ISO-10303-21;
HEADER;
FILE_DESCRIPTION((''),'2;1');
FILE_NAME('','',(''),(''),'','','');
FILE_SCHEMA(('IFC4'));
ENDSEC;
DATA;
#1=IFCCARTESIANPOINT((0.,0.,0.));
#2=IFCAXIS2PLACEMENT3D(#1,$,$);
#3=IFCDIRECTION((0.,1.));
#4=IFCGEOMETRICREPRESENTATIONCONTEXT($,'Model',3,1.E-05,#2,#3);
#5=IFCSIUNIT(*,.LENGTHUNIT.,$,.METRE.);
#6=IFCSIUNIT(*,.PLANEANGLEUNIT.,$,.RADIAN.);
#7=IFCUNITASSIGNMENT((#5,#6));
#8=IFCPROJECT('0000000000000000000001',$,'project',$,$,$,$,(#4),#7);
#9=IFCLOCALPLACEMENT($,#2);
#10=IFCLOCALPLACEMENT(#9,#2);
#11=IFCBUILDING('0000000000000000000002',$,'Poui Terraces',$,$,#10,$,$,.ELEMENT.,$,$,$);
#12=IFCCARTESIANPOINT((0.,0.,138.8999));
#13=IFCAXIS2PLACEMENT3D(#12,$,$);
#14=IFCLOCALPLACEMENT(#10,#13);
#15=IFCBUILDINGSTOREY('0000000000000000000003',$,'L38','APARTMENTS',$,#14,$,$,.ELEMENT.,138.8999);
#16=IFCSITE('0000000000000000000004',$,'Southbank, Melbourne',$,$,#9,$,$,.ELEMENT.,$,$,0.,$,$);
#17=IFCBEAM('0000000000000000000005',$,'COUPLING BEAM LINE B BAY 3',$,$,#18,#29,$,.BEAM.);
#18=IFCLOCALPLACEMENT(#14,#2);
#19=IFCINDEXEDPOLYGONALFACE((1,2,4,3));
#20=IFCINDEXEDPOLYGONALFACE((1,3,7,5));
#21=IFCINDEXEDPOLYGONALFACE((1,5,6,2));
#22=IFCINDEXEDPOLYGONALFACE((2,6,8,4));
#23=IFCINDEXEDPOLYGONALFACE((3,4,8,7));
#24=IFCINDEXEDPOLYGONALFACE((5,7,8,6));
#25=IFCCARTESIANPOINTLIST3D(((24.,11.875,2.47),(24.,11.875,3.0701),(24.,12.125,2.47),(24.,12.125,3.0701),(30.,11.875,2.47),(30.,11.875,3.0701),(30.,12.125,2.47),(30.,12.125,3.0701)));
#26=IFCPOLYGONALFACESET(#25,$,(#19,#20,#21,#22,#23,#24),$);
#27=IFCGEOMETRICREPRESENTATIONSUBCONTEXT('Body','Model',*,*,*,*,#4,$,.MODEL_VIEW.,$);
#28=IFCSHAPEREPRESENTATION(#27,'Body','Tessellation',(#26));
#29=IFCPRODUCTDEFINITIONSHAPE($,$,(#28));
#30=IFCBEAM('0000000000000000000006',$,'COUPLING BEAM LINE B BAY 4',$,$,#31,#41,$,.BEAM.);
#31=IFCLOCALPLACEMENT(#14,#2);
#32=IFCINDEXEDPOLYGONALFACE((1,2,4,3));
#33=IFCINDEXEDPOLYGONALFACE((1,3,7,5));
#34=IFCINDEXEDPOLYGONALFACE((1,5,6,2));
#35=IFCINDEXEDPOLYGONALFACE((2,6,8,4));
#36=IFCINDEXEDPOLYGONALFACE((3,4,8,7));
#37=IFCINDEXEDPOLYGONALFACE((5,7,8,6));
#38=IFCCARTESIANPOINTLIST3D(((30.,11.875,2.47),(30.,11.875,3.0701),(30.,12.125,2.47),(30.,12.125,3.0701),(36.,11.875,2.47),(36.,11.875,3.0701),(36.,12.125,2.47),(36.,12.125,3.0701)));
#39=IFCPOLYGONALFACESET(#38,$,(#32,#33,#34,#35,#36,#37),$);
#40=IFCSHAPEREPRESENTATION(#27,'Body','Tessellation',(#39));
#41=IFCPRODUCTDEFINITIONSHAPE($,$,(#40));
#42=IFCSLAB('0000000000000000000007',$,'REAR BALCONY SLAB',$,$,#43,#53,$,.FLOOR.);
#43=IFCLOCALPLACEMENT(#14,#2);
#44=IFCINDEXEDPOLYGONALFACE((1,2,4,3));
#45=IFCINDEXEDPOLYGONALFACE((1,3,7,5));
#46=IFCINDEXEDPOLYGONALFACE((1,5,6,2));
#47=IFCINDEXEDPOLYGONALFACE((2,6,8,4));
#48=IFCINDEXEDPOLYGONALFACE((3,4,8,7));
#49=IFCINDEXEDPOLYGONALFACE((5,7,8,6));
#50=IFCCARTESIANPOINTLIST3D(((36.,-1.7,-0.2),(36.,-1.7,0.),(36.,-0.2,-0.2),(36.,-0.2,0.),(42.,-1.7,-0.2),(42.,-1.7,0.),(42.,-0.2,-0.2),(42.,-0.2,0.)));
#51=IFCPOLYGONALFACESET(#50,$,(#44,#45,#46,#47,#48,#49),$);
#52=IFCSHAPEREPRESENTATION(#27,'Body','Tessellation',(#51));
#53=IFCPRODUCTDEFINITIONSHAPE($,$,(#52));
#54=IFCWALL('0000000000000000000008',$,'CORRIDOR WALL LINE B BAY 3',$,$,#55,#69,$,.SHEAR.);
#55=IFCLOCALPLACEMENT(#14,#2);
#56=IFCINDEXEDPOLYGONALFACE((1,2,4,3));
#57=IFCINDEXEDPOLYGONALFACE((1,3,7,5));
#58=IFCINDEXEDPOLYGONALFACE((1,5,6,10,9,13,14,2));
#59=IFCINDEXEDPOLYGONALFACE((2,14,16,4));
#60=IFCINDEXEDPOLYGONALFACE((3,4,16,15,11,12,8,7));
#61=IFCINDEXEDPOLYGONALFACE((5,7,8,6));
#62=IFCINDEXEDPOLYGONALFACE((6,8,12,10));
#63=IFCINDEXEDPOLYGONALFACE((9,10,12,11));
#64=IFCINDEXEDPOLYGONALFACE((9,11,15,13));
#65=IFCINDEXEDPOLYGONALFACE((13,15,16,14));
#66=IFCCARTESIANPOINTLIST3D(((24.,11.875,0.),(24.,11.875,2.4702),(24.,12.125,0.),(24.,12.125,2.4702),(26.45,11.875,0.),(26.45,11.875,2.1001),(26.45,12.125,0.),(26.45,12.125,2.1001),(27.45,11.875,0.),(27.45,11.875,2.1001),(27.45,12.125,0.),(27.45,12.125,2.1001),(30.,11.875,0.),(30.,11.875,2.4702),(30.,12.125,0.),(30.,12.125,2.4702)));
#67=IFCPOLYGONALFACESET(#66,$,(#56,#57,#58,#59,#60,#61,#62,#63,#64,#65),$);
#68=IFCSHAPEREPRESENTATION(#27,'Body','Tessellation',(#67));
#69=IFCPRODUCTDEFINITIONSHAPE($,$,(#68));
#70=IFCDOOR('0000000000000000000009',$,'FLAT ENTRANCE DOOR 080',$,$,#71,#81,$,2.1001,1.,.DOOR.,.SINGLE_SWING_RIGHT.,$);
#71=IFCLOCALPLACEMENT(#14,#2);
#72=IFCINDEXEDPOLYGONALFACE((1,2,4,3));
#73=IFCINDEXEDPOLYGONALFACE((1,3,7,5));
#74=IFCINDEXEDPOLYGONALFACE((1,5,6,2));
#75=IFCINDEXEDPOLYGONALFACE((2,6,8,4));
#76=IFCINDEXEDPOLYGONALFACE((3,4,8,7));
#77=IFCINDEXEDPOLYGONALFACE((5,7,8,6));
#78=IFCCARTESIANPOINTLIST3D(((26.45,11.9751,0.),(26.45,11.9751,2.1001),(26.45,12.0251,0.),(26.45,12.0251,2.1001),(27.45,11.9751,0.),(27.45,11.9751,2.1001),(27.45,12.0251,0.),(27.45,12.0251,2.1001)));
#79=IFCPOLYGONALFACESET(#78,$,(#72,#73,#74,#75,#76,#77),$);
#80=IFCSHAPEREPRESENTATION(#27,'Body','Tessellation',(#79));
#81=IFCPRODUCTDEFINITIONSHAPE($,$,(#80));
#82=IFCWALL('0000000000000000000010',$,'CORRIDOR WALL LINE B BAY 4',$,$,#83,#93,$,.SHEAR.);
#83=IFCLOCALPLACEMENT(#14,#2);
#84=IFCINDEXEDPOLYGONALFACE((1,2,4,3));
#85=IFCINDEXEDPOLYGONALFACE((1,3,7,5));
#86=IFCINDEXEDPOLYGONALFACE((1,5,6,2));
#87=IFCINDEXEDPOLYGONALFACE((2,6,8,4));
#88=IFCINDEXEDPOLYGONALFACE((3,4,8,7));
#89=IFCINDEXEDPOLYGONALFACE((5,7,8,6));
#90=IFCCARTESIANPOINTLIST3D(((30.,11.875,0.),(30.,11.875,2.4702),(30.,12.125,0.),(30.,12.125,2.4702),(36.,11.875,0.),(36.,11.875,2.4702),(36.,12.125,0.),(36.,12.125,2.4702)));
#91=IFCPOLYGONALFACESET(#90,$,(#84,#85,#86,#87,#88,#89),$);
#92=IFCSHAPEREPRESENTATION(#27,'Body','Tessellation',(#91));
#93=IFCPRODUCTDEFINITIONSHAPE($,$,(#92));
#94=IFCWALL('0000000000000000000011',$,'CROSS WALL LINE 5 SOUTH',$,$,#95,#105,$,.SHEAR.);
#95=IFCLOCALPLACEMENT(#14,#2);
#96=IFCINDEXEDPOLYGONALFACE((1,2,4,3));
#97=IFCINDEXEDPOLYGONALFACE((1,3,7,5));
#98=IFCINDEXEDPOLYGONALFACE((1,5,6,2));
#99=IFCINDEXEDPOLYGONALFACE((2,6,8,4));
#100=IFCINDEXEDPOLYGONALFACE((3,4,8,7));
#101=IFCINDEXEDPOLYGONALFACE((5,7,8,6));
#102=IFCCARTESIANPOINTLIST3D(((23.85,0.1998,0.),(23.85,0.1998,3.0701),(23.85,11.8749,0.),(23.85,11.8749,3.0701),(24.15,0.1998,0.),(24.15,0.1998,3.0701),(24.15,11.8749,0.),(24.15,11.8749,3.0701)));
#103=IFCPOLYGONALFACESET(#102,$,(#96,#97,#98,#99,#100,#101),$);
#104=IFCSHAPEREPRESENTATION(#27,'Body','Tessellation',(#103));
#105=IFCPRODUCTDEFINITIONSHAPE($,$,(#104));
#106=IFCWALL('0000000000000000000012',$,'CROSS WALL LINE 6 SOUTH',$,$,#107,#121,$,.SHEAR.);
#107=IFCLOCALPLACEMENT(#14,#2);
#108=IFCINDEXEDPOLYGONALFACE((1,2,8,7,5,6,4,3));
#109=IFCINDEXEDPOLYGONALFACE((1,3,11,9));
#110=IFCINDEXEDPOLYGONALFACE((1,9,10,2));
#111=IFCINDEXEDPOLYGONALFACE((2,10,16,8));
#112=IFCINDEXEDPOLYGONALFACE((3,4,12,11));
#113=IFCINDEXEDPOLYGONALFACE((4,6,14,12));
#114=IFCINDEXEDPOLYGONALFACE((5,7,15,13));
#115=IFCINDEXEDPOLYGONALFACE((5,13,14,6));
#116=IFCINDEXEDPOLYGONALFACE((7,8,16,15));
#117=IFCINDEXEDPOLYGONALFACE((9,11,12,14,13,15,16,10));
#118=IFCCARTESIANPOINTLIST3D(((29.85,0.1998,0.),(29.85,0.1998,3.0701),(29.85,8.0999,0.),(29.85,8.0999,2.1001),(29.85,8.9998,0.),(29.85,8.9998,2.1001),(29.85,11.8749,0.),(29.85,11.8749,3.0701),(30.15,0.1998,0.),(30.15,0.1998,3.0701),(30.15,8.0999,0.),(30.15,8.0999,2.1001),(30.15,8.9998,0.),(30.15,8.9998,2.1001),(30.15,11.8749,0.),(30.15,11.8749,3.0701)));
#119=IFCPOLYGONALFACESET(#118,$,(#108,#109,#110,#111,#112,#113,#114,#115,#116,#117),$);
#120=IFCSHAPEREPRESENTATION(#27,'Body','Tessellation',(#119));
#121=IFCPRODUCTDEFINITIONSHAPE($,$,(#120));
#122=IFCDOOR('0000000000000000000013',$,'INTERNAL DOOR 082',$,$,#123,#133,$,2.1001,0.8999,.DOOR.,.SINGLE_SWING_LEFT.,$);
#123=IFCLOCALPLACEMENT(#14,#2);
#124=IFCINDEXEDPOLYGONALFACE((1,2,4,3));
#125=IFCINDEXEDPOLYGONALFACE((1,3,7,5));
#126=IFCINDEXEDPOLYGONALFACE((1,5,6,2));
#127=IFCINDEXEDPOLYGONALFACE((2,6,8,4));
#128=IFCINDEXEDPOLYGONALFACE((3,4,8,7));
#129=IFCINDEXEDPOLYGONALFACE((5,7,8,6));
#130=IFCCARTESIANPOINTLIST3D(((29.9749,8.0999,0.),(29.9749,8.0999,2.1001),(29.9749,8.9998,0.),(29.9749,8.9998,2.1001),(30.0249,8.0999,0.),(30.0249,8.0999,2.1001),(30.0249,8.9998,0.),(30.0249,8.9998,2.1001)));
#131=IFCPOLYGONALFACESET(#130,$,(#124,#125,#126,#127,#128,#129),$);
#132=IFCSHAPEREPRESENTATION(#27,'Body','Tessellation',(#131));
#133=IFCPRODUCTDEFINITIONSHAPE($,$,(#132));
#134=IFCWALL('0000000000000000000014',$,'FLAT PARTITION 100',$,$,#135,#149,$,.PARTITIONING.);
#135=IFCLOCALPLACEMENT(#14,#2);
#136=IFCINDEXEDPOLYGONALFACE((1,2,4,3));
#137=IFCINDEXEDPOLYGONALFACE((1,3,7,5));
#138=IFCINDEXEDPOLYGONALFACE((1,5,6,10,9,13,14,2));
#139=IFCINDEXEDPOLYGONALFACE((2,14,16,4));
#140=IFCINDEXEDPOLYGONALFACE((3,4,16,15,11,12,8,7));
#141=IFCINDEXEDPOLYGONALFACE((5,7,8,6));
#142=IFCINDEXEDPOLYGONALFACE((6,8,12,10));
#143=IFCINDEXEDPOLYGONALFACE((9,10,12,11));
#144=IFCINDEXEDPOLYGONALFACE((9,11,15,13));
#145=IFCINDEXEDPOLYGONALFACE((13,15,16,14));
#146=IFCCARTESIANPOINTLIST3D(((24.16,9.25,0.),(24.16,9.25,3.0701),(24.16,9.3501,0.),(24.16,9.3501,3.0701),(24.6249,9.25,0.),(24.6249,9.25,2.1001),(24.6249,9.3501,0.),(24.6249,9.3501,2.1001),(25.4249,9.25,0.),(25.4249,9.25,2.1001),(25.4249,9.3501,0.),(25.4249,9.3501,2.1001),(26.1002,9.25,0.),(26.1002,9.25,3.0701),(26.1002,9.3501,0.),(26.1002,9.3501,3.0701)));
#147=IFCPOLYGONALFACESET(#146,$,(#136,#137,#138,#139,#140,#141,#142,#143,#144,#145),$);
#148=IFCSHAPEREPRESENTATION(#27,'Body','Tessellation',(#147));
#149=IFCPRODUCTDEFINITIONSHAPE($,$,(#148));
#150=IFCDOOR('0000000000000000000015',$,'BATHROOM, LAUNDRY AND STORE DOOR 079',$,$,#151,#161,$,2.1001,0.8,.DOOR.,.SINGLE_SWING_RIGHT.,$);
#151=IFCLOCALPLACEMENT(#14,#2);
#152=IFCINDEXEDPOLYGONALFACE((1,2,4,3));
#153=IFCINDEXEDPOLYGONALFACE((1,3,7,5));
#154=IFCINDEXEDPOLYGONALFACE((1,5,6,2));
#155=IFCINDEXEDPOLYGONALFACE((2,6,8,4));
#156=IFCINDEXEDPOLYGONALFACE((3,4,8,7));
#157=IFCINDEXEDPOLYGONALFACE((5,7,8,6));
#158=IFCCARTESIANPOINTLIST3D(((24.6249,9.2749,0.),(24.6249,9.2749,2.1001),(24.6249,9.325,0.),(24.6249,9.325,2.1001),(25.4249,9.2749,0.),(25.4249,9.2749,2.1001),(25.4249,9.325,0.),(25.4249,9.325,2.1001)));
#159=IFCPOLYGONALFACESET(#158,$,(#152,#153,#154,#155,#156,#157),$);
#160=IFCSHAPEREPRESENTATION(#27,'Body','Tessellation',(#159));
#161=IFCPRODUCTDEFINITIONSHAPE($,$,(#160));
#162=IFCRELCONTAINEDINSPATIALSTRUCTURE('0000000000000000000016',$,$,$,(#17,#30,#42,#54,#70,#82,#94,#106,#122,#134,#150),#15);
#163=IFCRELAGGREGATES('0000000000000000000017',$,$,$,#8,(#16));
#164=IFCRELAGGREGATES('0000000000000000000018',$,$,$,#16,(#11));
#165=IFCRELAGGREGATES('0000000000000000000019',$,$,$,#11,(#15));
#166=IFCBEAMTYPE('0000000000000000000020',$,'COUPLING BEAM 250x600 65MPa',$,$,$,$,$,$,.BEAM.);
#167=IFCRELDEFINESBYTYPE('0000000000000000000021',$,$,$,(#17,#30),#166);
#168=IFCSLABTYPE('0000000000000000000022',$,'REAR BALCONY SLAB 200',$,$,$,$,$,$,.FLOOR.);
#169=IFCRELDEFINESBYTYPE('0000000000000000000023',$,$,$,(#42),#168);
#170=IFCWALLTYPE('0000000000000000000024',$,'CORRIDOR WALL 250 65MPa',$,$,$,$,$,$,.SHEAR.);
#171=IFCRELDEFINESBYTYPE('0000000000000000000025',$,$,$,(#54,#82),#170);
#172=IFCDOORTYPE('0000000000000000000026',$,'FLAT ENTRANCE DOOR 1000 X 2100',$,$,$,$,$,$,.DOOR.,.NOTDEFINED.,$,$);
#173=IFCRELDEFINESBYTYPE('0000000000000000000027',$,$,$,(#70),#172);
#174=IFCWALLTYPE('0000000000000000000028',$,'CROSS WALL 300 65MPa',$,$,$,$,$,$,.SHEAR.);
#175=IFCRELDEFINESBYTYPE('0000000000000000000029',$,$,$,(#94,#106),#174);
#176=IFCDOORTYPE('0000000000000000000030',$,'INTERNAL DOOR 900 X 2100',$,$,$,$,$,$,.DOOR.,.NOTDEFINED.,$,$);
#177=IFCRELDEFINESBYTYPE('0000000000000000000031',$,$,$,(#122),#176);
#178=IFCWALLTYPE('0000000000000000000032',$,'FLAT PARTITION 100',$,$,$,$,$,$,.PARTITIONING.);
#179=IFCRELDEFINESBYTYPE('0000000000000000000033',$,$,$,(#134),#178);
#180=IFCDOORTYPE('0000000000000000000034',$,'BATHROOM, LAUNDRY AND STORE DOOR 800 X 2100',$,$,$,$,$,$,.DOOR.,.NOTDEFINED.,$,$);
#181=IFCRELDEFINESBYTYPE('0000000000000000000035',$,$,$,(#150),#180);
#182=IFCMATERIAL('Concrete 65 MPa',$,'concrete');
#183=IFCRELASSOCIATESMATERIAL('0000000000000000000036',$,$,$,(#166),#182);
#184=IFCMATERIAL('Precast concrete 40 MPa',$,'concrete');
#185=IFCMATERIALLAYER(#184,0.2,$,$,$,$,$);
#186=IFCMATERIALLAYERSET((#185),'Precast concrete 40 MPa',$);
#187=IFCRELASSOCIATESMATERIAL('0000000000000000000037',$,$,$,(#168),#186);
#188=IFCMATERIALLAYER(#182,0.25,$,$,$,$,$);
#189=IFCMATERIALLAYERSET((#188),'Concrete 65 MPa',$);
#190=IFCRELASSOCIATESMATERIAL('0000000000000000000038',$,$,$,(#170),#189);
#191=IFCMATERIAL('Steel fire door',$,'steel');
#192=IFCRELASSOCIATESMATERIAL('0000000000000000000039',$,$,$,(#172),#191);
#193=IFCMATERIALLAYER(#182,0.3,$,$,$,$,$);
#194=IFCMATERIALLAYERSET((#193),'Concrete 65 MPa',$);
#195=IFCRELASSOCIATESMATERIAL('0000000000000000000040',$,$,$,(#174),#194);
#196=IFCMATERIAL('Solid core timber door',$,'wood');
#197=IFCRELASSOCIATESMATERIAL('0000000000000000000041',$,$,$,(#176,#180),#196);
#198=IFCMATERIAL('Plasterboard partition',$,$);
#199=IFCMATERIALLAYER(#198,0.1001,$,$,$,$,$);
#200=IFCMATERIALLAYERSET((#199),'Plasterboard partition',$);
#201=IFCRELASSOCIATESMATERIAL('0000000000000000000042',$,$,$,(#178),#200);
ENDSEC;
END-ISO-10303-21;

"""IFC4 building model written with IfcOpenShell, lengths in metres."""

from ifc_helpers import new_model, si_unit, direction, frame, frame_2d, origin, origin_2d, place, context, subcontext, project, spatial, polyline, rectangle, outline, extrude, source, transform, mapped, material, layer, layer_set, material_profile, profile_set, type_object, element, fill, save


model = new_model("IFC4")

# Units and contexts
model_context = context("Model", 3, precision=1e-05, world=origin(), true_north=direction((0.0, 1.0)))
body_context = subcontext(model_context, "Body", "Model", "MODEL_VIEW")
ifc_project = project(units=[si_unit("LENGTHUNIT", "METRE"), si_unit("PLANEANGLEUNIT", "RADIAN")], contexts=[model_context])

# Site, building, storey
site_placement = place(None, origin())
site = spatial("IfcSite", under=ifc_project, at=site_placement, Name="Southbank, Melbourne", CompositionType="ELEMENT", RefElevation=0.0)
building_placement = place(site_placement, origin())
building = spatial("IfcBuilding", under=site, at=building_placement, Name="Poui Terraces", CompositionType="ELEMENT")
storey_placement = place(building_placement, frame((0.0, 0.0, 138.8999)))
storey = spatial("IfcBuildingStorey", under=building, at=storey_placement, Name="L38", Description="APARTMENTS", CompositionType="ELEMENT", Elevation=138.8999)

# Beams
ifc_material_1 = material(Name="Concrete 65 MPa", Category="concrete")
ifc_material_profile_1 = material_profile(ifc_material_1, rectangle(XDim=0.25, YDim=0.6001, at=origin_2d()), Name="RC 250x600")
ifc_profile_set_1 = profile_set([ifc_material_profile_1], Name="Concrete 65 MPa")
beam_type = type_object("IfcBeamType", Name="COUPLING BEAM 250x600 65MPa", PredefinedType="BEAM", material=ifc_profile_set_1)
shared_shape_1 = source(origin(), body_context, "Body", "SweptSolid", [
    extrude(rectangle(XDim=0.25, YDim=0.6001, at=origin_2d()), origin(), (0.0, 0.0, 1.0), 6.0),
])
for number, where, z_axis, x_axis, name in (
    (1, (24.0, 12.0, 2.77), (1.0, 0.0, 0.0), (0.0, 1.0, 0.0), "COUPLING BEAM LINE B BAY 3"),
    (2, (30.0, 12.0, 2.77), (1.0, 0.0, 0.0), (0.0, 1.0, 0.0), "COUPLING BEAM LINE B BAY 4"),
):
    element("IfcBeam", number, at=place(storey_placement, frame(where, z_axis=z_axis, x_axis=x_axis)), inside=storey, type_object=beam_type, Name=name, PredefinedType="BEAM", context=body_context, shape_type="MappedRepresentation", body=[
        mapped(shared_shape_1, transform((0.0, 0.0, 0.0))),
    ])

# Slab
ifc_material_2 = material(Name="Precast concrete 40 MPa", Category="concrete")
ifc_layer_1 = layer(ifc_material_2, 0.2)
ifc_layer_set_1 = layer_set([ifc_layer_1], Name="Precast concrete 40 MPa")
slab_type = type_object("IfcSlabType", Name="REAR BALCONY SLAB 200", PredefinedType="FLOOR", material=ifc_layer_set_1)
shared_shape_2 = source(origin(), body_context, "Body", "SweptSolid", [
    extrude(outline(polyline([(0.0, 0.0), (6.0, 0.0), (6.0, 1.5), (0.0, 1.5), (0.0, 0.0)])), origin(), (0.0, 0.0, 1.0), 0.2),
])
slab_placement = place(storey_placement, frame((36.0, -1.7, -0.2)))
element("IfcSlab", 3, at=slab_placement, inside=storey, type_object=slab_type, Name="REAR BALCONY SLAB", PredefinedType="FLOOR", context=body_context, shape_type="MappedRepresentation", body=[
    mapped(shared_shape_2, transform((0.0, 0.0, 0.0))),
])

# Wall, opening, door
ifc_layer_2 = layer(ifc_material_1, 0.25)
ifc_layer_set_2 = layer_set([ifc_layer_2], Name="Concrete 65 MPa")
wall_type_1 = type_object("IfcWallType", Name="CORRIDOR WALL 250 65MPa", PredefinedType="SHEAR", material=ifc_layer_set_2)
wall_1_placement = place(storey_placement, frame((24.0, 12.0, 0.0), z_axis=(0.0, 0.0, 1.0), x_axis=(1.0, 0.0, 0.0)))
wall_1 = element("IfcWall", 4, at=wall_1_placement, inside=storey, type_object=wall_type_1, Name="CORRIDOR WALL LINE B BAY 3", PredefinedType="SHEAR", context=body_context, shape_type="SweptSolid", body=[
    extrude(rectangle(XDim=6.0, YDim=0.25, at=frame_2d((3.0, 0.0))), origin(), (0.0, 0.0, 1.0), 2.4702),
])
opening_1_placement = place(wall_1_placement, frame((2.45, 0.0, 0.0)))
opening_1 = element("IfcOpeningElement", 5, at=opening_1_placement, cuts=wall_1, PredefinedType="OPENING", context=body_context, shape_type="SweptSolid", body=[
    extrude(rectangle(XDim=1.0, YDim=2.1001, at=frame_2d((0.5, 1.05))), frame((0.0, 0.135, 0.0), z_axis=(0.0, -1.0, 0.0), x_axis=(1.0, 0.0, 0.0)), (0.0, 0.0, 1.0), 0.27),
])
ifc_material_3 = material(Name="Steel fire door", Category="steel")
door_type_1 = type_object("IfcDoorType", Name="FLAT ENTRANCE DOOR 1000 X 2100", OperationType="NOTDEFINED", PredefinedType="DOOR", material=ifc_material_3)
door_1_placement = place(opening_1_placement, frame((1.0, 0.0, 0.0), z_axis=(0.0, 0.0, 1.0), x_axis=(-1.0, 0.0, 0.0)))
door_1 = element("IfcDoor", 6, at=door_1_placement, inside=storey, type_object=door_type_1, Name="FLAT ENTRANCE DOOR 080", OperationType="SINGLE_SWING_RIGHT", OverallHeight=2.1001, OverallWidth=1.0, PredefinedType="DOOR", context=body_context, shape_type="SweptSolid", body=[
    extrude(rectangle(XDim=1.0, YDim=2.1001, at=frame_2d((0.5, 1.05))), frame((0.0, 0.0249, 0.0), z_axis=(0.0, -1.0, 0.0), x_axis=(1.0, 0.0, 0.0)), (0.0, 0.0, 1.0), 0.05),
])
fill(opening_1, door_1)

# Walls
wall_2_placement = place(storey_placement, frame((30.0, 12.0, 0.0), z_axis=(0.0, 0.0, 1.0), x_axis=(1.0, 0.0, 0.0)))
element("IfcWall", 7, at=wall_2_placement, inside=storey, type_object=wall_type_1, Name="CORRIDOR WALL LINE B BAY 4", PredefinedType="SHEAR", context=body_context, shape_type="SweptSolid", body=[
    extrude(rectangle(XDim=6.0, YDim=0.25, at=frame_2d((3.0, 0.0))), origin(), (0.0, 0.0, 1.0), 2.4702),
])
ifc_layer_3 = layer(ifc_material_1, 0.3)
ifc_layer_set_3 = layer_set([ifc_layer_3], Name="Concrete 65 MPa")
wall_type_2 = type_object("IfcWallType", Name="CROSS WALL 300 65MPa", PredefinedType="SHEAR", material=ifc_layer_set_3)
wall_3_placement = place(storey_placement, frame((24.0, 0.2, 0.0), z_axis=(0.0, 0.0, 1.0), x_axis=(0.0, 1.0, 0.0)))
element("IfcWall", 8, at=wall_3_placement, inside=storey, type_object=wall_type_2, Name="CROSS WALL LINE 5 SOUTH", PredefinedType="SHEAR", context=body_context, shape_type="SweptSolid", body=[
    extrude(rectangle(XDim=11.675, YDim=0.3, at=frame_2d((5.8374, 0.0))), origin(), (0.0, 0.0, 1.0), 3.0701),
])

# Walls, openings, doors
wall_4_placement = place(storey_placement, frame((30.0, 0.2, 0.0), z_axis=(0.0, 0.0, 1.0), x_axis=(0.0, 1.0, 0.0)))
wall_4 = element("IfcWall", 9, at=wall_4_placement, inside=storey, type_object=wall_type_2, Name="CROSS WALL LINE 6 SOUTH", PredefinedType="SHEAR", context=body_context, shape_type="SweptSolid", body=[
    extrude(rectangle(XDim=11.675, YDim=0.3, at=frame_2d((5.8374, 0.0))), origin(), (0.0, 0.0, 1.0), 3.0701),
])
opening_2_placement = place(wall_4_placement, frame((7.8999, 0.0, 0.0)))
opening_2 = element("IfcOpeningElement", 10, at=opening_2_placement, cuts=wall_4, PredefinedType="OPENING", context=body_context, shape_type="SweptSolid", body=[
    extrude(rectangle(XDim=0.8999, YDim=2.1001, at=frame_2d((0.45, 1.05))), frame((0.0, 0.1602, 0.0), z_axis=(0.0, -1.0, 0.0), x_axis=(1.0, 0.0, 0.0)), (0.0, 0.0, 1.0), 0.3201),
])
ifc_material_4 = material(Name="Solid core timber door", Category="wood")
door_type_2 = type_object("IfcDoorType", Name="INTERNAL DOOR 900 X 2100", OperationType="NOTDEFINED", PredefinedType="DOOR", material=ifc_material_4)
door_2_placement = place(opening_2_placement, frame((0.8999, 0.0, 0.0), z_axis=(0.0, 0.0, 1.0), x_axis=(-1.0, 0.0, 0.0)))
door_2 = element("IfcDoor", 11, at=door_2_placement, inside=storey, type_object=door_type_2, Name="INTERNAL DOOR 082", OperationType="SINGLE_SWING_LEFT", OverallHeight=2.1001, OverallWidth=0.8999, PredefinedType="DOOR", context=body_context, shape_type="SweptSolid", body=[
    extrude(rectangle(XDim=0.8999, YDim=2.1001, at=frame_2d((0.45, 1.05))), frame((0.0, 0.0249, 0.0), z_axis=(0.0, -1.0, 0.0), x_axis=(1.0, 0.0, 0.0)), (0.0, 0.0, 1.0), 0.05),
])
fill(opening_2, door_2)
ifc_material_5 = material(Name="Plasterboard partition")
ifc_layer_4 = layer(ifc_material_5, 0.1001)
ifc_layer_set_4 = layer_set([ifc_layer_4], Name="Plasterboard partition")
wall_type_3 = type_object("IfcWallType", Name="FLAT PARTITION 100", PredefinedType="PARTITIONING", material=ifc_layer_set_4)
wall_5_placement = place(storey_placement, frame((24.1599, 9.3, 0.0), z_axis=(0.0, 0.0, 1.0), x_axis=(1.0, 0.0, 0.0)))
wall_5 = element("IfcWall", 12, at=wall_5_placement, inside=storey, type_object=wall_type_3, Name="FLAT PARTITION 100", PredefinedType="PARTITIONING", context=body_context, shape_type="SweptSolid", body=[
    extrude(rectangle(XDim=1.9402, YDim=0.1001, at=frame_2d((0.9702, 0.0))), origin(), (0.0, 0.0, 1.0), 3.0701),
])
opening_3_placement = place(wall_5_placement, frame((0.4651, 0.0, 0.0)))
opening_3 = element("IfcOpeningElement", 13, at=opening_3_placement, cuts=wall_5, PredefinedType="OPENING", context=body_context, shape_type="SweptSolid", body=[
    extrude(rectangle(XDim=0.8, YDim=2.1001, at=frame_2d((0.3999, 1.05))), frame((0.0, 0.0601, 0.0), z_axis=(0.0, -1.0, 0.0), x_axis=(1.0, 0.0, 0.0)), (0.0, 0.0, 1.0), 0.1201),
])
door_type_3 = type_object("IfcDoorType", Name="BATHROOM, LAUNDRY AND STORE DOOR 800 X 2100", OperationType="NOTDEFINED", PredefinedType="DOOR", material=ifc_material_4)
door_3_placement = place(opening_3_placement, origin())
door_3 = element("IfcDoor", 14, at=door_3_placement, inside=storey, type_object=door_type_3, Name="BATHROOM, LAUNDRY AND STORE DOOR 079", OperationType="SINGLE_SWING_RIGHT", OverallHeight=2.1001, OverallWidth=0.8, PredefinedType="DOOR", context=body_context, shape_type="SweptSolid", body=[
    extrude(rectangle(XDim=0.8, YDim=2.1001, at=frame_2d((0.3999, 1.05))), frame((0.0, 0.0249, 0.0), z_axis=(0.0, -1.0, 0.0), x_axis=(1.0, 0.0, 0.0)), (0.0, 0.0, 1.0), 0.05),
])
fill(opening_3, door_3)

save(model, "model.ifc")
